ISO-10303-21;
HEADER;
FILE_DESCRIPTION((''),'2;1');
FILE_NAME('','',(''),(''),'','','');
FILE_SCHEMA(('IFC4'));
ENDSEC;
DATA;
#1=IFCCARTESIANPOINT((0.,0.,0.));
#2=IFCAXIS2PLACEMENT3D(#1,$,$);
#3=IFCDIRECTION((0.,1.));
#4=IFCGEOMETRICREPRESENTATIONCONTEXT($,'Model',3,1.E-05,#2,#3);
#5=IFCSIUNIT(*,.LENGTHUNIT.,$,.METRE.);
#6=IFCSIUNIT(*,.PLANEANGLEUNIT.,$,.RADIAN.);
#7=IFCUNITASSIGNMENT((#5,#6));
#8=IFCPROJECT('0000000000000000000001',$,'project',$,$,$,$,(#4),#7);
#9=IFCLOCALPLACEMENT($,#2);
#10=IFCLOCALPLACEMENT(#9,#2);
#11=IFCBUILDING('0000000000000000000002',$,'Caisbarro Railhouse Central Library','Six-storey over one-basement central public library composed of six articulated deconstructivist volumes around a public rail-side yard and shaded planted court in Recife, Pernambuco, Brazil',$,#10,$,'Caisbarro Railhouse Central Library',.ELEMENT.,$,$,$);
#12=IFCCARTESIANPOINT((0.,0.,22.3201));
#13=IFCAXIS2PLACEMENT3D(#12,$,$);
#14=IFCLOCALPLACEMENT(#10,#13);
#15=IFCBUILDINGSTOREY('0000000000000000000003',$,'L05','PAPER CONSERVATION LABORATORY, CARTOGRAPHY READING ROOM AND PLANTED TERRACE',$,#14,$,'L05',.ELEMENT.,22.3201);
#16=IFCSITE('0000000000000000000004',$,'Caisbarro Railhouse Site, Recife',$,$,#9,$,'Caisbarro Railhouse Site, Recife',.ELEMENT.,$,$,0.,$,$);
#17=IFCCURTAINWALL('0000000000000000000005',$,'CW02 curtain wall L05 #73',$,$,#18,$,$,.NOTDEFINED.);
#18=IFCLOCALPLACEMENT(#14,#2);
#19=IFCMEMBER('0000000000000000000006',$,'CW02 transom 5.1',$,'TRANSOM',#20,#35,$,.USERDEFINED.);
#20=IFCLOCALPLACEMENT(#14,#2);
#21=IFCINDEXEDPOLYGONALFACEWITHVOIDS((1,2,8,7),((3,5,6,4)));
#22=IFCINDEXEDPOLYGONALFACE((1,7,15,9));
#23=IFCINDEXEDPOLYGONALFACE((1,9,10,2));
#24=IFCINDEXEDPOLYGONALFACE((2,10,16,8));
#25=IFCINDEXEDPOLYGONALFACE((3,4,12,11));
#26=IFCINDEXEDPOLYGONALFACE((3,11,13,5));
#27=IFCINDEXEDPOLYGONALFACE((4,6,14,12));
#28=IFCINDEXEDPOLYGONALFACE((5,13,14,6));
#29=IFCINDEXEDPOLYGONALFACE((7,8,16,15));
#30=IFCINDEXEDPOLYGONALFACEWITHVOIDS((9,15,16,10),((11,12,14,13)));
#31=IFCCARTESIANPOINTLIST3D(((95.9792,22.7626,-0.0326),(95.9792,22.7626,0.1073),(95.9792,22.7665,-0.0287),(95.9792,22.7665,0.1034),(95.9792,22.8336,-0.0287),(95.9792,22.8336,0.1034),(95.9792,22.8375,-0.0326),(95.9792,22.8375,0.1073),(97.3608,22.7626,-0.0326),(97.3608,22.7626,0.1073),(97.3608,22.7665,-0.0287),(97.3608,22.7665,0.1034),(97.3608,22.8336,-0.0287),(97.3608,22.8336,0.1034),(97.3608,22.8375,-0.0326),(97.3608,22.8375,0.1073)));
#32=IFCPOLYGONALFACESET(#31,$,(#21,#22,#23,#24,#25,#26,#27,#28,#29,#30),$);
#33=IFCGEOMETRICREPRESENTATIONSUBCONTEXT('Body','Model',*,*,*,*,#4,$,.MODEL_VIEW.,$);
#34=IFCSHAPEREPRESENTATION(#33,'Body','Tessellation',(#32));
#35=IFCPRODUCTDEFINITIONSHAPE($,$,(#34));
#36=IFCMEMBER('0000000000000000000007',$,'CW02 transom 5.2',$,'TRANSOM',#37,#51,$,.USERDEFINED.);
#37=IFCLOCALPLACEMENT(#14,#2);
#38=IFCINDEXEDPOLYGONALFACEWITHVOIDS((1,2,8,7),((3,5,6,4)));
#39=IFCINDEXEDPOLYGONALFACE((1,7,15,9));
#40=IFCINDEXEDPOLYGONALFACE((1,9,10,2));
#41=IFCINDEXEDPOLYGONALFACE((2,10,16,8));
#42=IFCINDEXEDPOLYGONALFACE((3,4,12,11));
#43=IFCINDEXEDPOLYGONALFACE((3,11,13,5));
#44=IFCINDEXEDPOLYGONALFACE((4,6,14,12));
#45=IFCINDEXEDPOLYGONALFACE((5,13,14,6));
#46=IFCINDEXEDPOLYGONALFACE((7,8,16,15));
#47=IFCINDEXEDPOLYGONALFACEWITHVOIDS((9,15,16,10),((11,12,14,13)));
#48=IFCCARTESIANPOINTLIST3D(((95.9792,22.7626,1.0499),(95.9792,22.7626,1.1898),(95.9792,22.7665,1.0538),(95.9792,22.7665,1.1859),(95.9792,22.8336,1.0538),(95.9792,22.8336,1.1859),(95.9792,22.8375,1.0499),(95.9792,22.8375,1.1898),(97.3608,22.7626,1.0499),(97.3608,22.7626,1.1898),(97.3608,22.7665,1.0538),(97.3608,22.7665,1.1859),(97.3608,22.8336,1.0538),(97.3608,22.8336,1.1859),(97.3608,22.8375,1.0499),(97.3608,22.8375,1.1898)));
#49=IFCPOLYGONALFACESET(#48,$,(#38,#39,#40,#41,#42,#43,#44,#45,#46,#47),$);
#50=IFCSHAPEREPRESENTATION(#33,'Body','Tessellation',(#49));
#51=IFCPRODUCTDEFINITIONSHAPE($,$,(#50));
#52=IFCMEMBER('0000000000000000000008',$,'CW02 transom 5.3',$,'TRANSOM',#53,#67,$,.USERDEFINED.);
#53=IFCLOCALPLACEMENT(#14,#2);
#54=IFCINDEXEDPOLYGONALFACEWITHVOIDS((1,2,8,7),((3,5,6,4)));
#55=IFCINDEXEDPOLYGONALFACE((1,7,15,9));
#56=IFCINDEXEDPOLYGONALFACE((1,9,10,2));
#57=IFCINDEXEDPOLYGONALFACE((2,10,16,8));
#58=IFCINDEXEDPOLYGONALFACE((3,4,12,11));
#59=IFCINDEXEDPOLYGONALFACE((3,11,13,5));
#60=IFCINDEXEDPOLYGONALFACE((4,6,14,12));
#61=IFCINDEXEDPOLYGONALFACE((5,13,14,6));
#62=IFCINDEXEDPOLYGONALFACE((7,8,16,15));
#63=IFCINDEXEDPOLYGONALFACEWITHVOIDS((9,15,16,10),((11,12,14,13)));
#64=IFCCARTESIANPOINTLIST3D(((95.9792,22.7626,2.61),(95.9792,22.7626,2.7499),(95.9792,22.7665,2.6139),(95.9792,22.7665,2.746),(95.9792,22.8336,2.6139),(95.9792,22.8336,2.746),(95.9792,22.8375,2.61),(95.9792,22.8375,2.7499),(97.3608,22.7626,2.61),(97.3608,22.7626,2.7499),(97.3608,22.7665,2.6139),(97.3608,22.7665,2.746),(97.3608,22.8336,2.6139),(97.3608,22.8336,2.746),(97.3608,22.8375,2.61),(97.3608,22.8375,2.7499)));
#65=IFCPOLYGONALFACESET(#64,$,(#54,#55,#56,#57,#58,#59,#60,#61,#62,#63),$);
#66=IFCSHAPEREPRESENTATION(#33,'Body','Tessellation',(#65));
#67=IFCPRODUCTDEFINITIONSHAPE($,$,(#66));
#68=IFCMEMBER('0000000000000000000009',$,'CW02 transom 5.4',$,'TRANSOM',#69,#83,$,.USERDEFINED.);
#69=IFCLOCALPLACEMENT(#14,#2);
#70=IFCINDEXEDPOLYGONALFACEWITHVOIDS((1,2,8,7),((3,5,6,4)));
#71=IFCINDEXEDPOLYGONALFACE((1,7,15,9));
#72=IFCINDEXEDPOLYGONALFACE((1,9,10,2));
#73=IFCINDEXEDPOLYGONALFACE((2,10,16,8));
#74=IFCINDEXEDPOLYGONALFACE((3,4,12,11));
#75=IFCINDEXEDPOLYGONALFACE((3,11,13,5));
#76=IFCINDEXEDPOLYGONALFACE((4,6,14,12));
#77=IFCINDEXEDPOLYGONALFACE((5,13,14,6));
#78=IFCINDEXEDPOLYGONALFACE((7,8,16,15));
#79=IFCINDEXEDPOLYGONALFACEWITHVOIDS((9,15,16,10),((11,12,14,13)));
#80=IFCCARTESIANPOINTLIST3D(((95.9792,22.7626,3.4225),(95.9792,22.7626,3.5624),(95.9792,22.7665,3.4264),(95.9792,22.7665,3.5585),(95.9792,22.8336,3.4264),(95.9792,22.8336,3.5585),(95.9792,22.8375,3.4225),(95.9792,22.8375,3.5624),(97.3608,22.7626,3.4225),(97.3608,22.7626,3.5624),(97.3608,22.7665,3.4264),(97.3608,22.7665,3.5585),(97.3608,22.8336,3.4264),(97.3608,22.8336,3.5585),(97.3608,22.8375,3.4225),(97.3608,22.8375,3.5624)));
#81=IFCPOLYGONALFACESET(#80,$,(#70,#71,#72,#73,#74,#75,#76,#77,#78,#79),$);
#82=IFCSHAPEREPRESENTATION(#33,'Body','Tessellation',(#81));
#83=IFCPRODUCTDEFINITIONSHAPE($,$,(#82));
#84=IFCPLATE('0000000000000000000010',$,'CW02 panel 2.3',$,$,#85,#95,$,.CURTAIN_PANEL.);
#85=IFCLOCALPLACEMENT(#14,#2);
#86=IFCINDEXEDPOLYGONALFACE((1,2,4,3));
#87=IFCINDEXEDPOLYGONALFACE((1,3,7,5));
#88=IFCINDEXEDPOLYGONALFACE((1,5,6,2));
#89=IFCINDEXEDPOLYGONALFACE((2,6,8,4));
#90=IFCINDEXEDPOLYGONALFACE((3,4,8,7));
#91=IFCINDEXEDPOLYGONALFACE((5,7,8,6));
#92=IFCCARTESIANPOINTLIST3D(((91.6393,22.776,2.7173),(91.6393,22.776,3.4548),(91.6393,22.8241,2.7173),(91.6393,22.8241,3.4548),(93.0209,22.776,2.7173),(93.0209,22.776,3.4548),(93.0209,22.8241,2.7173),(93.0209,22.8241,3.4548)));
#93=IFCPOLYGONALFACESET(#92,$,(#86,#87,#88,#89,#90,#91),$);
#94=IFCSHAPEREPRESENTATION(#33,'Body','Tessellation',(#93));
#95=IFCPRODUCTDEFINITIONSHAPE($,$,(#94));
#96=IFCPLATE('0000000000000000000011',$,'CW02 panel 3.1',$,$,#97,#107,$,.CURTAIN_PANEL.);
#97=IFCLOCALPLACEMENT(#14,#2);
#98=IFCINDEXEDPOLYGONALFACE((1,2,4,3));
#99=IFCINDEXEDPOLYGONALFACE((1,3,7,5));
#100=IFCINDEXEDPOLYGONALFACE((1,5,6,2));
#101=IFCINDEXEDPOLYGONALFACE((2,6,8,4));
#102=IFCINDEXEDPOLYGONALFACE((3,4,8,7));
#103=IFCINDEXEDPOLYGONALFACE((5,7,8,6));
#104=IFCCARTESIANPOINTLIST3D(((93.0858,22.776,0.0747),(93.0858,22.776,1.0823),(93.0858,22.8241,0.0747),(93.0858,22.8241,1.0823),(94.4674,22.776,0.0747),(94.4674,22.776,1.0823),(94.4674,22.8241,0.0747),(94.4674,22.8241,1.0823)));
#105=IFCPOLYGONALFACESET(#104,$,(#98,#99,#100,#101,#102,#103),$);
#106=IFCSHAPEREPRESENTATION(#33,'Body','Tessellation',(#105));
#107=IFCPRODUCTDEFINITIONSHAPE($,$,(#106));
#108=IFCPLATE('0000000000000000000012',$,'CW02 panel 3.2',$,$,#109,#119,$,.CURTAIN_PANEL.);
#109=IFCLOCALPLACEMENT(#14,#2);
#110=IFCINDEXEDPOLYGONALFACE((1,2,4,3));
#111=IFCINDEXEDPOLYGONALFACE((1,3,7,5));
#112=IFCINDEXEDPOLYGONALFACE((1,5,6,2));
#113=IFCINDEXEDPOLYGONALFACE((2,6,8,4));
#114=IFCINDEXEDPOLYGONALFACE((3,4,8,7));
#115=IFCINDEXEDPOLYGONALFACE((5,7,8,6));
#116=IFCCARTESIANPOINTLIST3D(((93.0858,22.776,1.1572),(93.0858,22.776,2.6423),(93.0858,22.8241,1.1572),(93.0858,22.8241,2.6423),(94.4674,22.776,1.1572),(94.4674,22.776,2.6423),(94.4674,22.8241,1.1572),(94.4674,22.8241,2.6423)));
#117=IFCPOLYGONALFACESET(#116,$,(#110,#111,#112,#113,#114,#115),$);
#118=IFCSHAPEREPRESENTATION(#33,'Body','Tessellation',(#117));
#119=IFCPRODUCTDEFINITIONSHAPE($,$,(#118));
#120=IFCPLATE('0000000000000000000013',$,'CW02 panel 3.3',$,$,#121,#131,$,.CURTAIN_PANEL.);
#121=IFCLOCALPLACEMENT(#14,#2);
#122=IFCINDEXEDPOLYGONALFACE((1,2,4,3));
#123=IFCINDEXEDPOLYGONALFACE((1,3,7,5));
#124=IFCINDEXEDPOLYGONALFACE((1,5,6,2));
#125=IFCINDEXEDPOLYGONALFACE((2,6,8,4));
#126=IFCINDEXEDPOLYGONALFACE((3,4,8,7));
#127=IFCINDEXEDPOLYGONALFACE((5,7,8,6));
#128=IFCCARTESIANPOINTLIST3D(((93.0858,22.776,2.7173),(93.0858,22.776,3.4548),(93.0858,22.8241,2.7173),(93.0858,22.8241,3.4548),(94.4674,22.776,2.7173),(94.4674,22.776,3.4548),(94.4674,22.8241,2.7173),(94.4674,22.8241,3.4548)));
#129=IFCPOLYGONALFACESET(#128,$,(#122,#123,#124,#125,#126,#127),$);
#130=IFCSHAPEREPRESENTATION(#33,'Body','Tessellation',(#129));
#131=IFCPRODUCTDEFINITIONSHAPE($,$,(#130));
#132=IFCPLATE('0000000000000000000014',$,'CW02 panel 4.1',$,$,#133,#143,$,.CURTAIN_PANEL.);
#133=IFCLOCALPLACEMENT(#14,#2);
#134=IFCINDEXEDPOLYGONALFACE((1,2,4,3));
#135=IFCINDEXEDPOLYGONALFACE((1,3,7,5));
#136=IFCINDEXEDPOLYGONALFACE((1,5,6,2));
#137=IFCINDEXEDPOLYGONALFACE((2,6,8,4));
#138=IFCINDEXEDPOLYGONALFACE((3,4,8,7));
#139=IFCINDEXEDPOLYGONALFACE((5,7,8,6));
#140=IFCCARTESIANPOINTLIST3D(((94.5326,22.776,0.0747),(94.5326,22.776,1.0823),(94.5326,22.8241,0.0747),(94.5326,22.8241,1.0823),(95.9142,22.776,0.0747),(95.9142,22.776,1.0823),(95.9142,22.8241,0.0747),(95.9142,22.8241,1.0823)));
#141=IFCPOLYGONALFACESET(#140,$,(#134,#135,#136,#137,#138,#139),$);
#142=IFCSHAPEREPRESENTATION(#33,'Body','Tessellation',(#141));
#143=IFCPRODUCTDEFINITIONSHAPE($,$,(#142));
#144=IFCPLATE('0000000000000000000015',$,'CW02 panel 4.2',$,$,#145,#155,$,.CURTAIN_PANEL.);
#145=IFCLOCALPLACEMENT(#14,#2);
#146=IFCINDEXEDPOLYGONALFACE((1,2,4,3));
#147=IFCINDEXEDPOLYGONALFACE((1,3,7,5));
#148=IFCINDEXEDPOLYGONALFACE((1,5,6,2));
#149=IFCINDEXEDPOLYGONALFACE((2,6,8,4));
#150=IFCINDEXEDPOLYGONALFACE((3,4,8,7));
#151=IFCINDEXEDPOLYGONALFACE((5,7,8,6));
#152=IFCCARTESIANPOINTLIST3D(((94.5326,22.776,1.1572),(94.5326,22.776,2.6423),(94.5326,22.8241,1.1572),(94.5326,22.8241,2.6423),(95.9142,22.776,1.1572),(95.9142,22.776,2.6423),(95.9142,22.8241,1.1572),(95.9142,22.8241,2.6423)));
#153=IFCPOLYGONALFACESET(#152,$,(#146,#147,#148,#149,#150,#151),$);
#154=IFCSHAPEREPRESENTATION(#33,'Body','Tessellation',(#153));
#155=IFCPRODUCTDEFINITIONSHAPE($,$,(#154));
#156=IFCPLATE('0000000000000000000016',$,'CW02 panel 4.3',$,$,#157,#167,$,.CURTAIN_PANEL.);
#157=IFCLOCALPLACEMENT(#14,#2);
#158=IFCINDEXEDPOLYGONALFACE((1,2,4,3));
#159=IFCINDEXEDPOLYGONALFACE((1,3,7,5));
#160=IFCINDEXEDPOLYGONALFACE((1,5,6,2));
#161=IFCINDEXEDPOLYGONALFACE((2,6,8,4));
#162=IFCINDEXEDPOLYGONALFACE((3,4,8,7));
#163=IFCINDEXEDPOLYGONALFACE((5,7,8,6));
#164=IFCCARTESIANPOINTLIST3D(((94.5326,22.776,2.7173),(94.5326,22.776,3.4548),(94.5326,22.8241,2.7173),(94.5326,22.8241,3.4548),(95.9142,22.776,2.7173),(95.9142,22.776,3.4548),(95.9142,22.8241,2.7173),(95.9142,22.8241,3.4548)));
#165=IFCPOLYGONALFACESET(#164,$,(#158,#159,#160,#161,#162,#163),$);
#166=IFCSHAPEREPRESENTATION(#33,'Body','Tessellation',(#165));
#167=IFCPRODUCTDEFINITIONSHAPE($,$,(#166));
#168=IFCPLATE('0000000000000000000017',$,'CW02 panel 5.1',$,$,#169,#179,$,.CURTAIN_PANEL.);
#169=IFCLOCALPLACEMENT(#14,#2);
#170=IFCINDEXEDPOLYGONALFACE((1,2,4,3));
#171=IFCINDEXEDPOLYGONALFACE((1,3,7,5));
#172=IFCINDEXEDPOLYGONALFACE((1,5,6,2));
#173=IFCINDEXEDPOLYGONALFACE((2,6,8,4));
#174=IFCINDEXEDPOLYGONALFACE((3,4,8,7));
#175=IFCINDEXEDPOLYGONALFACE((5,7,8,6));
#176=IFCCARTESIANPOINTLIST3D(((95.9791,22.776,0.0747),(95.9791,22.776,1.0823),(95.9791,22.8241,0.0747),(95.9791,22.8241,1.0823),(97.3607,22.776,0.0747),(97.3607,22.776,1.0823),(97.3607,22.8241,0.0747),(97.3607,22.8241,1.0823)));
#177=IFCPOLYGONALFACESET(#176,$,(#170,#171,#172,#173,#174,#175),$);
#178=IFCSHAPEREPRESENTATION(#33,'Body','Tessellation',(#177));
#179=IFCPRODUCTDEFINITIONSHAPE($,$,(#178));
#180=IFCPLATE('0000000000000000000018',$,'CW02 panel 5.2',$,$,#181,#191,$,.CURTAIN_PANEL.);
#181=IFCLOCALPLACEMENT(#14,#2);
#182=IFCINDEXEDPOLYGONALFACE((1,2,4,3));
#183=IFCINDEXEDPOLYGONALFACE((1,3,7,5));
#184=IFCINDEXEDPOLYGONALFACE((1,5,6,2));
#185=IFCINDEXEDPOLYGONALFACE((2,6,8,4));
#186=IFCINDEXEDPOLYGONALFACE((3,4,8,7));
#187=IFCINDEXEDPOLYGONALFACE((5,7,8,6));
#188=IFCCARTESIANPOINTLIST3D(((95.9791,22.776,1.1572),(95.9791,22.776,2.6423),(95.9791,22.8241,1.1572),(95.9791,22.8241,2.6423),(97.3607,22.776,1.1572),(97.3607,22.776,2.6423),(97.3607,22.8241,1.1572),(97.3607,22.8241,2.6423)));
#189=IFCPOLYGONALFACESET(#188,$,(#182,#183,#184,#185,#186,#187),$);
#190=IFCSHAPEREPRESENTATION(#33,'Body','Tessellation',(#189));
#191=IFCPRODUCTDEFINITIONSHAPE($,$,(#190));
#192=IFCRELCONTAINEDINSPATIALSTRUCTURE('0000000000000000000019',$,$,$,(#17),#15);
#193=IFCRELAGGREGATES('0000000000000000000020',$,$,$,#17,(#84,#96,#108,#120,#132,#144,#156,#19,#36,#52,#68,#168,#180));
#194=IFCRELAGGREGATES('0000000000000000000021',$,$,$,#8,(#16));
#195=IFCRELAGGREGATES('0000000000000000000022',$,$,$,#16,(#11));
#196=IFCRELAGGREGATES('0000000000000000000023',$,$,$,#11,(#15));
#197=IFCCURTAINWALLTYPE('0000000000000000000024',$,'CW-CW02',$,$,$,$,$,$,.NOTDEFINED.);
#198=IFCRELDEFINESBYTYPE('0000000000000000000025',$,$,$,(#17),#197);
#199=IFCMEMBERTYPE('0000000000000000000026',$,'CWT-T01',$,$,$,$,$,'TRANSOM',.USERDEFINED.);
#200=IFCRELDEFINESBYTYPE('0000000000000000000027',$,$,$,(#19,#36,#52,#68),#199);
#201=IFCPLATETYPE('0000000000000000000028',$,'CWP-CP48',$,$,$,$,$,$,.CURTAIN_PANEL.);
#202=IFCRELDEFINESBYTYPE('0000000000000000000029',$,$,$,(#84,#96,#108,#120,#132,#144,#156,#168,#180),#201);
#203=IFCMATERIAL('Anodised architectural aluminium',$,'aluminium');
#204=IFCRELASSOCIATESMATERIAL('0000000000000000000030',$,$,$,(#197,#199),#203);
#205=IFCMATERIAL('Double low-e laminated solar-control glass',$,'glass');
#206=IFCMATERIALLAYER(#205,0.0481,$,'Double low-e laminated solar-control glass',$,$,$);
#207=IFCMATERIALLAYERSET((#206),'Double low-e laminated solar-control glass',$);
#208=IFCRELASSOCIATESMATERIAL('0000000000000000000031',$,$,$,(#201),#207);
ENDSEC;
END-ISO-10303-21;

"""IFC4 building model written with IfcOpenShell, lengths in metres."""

from ifc_helpers import new_model, si_unit, direction, frame, origin, origin_2d, place, context, subcontext, project, spatial, rectangle, hollow_rectangle, extrude, material, layer, layer_set, material_profile, profile_set, type_object, element, aggregate, save


model = new_model("IFC4")

# Units and contexts
model_context = context("Model", 3, precision=1e-05, world=origin(), true_north=direction((0.0, 1.0)))
body_context = subcontext(model_context, "Body", "Model", "MODEL_VIEW")
ifc_project = project(units=[si_unit("LENGTHUNIT", "METRE"), si_unit("PLANEANGLEUNIT", "RADIAN")], contexts=[model_context])

# Site, building, storey
site_placement = place(None, origin())
site = spatial("IfcSite", under=ifc_project, at=site_placement, Name="Caisbarro Railhouse Site, Recife", LongName="Caisbarro Railhouse Site, Recife", CompositionType="ELEMENT", RefElevation=0.0)
building_placement = place(site_placement, origin())
building = spatial("IfcBuilding", under=site, at=building_placement, Name="Caisbarro Railhouse Central Library", Description="Six-storey over one-basement central public library composed of six articulated deconstructivist volumes around a public rail-side yard and shaded planted court in Recife, Pernambuco, Brazil", LongName="Caisbarro Railhouse Central Library", CompositionType="ELEMENT")
storey_placement = place(building_placement, frame((0.0, 0.0, 22.3201)))
storey = spatial("IfcBuildingStorey", under=building, at=storey_placement, Name="L05", Description="PAPER CONSERVATION LABORATORY, CARTOGRAPHY READING ROOM AND PLANTED TERRACE", LongName="L05", CompositionType="ELEMENT", Elevation=22.3201)

# Curtain wall, members, plates
ifc_material_1 = material(Name="Anodised architectural aluminium", Category="aluminium")
curtain_wall_type = type_object("IfcCurtainWallType", Name="CW-CW02", PredefinedType="NOTDEFINED", material=ifc_material_1)
curtain_wall_placement = place(storey_placement, origin())
curtain_wall = element("IfcCurtainWall", 1, at=curtain_wall_placement, inside=storey, type_object=curtain_wall_type, Name="CW02 curtain wall L05 #73", PredefinedType="NOTDEFINED")
ifc_material_profile_1 = material_profile(ifc_material_1, hollow_rectangle(XDim=0.075, YDim=0.1399, WallThickness=0.0039, at=origin_2d()), Name="ALU-TRN-75X140")
ifc_profile_set_1 = profile_set([ifc_material_profile_1], Name="Anodised architectural aluminium")
member_type_1 = type_object("IfcMemberType", Name="CWT-T01", ElementType="TRANSOM", PredefinedType="USERDEFINED", material=ifc_profile_set_1)
member_1_placement = place(storey_placement, frame((95.9792, 22.8, 0.0374), z_axis=(1.0, 0.0, 0.0), x_axis=(0.0, 1.0, 0.0)))
member_1 = element("IfcMember", 2, at=member_1_placement, type_object=member_type_1, Name="CW02 transom 5.1", ObjectType="TRANSOM", PredefinedType="USERDEFINED", context=body_context, shape_type="SweptSolid", body=[
    extrude(hollow_rectangle(XDim=0.075, YDim=0.1399, WallThickness=0.0039, at=origin_2d()), origin(), (0.0, 0.0, 1.0), 1.3816),
])
member_2_placement = place(storey_placement, frame((95.9792, 22.8, 1.1199), z_axis=(1.0, 0.0, 0.0), x_axis=(0.0, 1.0, 0.0)))
member_2 = element("IfcMember", 3, at=member_2_placement, type_object=member_type_1, Name="CW02 transom 5.2", ObjectType="TRANSOM", PredefinedType="USERDEFINED", context=body_context, shape_type="SweptSolid", body=[
    extrude(hollow_rectangle(XDim=0.075, YDim=0.1399, WallThickness=0.0039, at=origin_2d()), origin(), (0.0, 0.0, 1.0), 1.3816),
])
member_3_placement = place(storey_placement, frame((95.9792, 22.8, 2.6799), z_axis=(1.0, 0.0, 0.0), x_axis=(0.0, 1.0, 0.0)))
member_3 = element("IfcMember", 4, at=member_3_placement, type_object=member_type_1, Name="CW02 transom 5.3", ObjectType="TRANSOM", PredefinedType="USERDEFINED", context=body_context, shape_type="SweptSolid", body=[
    extrude(hollow_rectangle(XDim=0.075, YDim=0.1399, WallThickness=0.0039, at=origin_2d()), origin(), (0.0, 0.0, 1.0), 1.3816),
])
member_4_placement = place(storey_placement, frame((95.9792, 22.8, 3.4924), z_axis=(1.0, 0.0, 0.0), x_axis=(0.0, 1.0, 0.0)))
member_4 = element("IfcMember", 5, at=member_4_placement, type_object=member_type_1, Name="CW02 transom 5.4", ObjectType="TRANSOM", PredefinedType="USERDEFINED", context=body_context, shape_type="SweptSolid", body=[
    extrude(hollow_rectangle(XDim=0.075, YDim=0.1399, WallThickness=0.0039, at=origin_2d()), origin(), (0.0, 0.0, 1.0), 1.3816),
])
ifc_material_2 = material(Name="Double low-e laminated solar-control glass", Category="glass")
ifc_layer_1 = layer(ifc_material_2, 0.0481, Name="Double low-e laminated solar-control glass")
ifc_layer_set_1 = layer_set([ifc_layer_1], Name="Double low-e laminated solar-control glass")
plate_type = type_object("IfcPlateType", Name="CWP-CP48", PredefinedType="CURTAIN_PANEL", material=ifc_layer_set_1)
plate_1_placement = place(storey_placement, frame((92.3301, 22.8, 2.7173), z_axis=(0.0, 0.0, 1.0), x_axis=(1.0, 0.0, 0.0)))
plate_1 = element("IfcPlate", 6, at=plate_1_placement, type_object=plate_type, Name="CW02 panel 2.3", PredefinedType="CURTAIN_PANEL", context=body_context, shape_type="SweptSolid", body=[
    extrude(rectangle(XDim=1.3816, YDim=0.0481, at=origin_2d()), origin(), (0.0, 0.0, 1.0), 0.7375),
])
plate_2_placement = place(storey_placement, frame((93.7766, 22.8, 0.0747), z_axis=(0.0, 0.0, 1.0), x_axis=(1.0, 0.0, 0.0)))
plate_2 = element("IfcPlate", 7, at=plate_2_placement, type_object=plate_type, Name="CW02 panel 3.1", PredefinedType="CURTAIN_PANEL", context=body_context, shape_type="SweptSolid", body=[
    extrude(rectangle(XDim=1.3816, YDim=0.0481, at=origin_2d()), origin(), (0.0, 0.0, 1.0), 1.0076),
])
plate_3_placement = place(storey_placement, frame((93.7766, 22.8, 1.1572), z_axis=(0.0, 0.0, 1.0), x_axis=(1.0, 0.0, 0.0)))
plate_3 = element("IfcPlate", 8, at=plate_3_placement, type_object=plate_type, Name="CW02 panel 3.2", PredefinedType="CURTAIN_PANEL", context=body_context, shape_type="SweptSolid", body=[
    extrude(rectangle(XDim=1.3816, YDim=0.0481, at=origin_2d()), origin(), (0.0, 0.0, 1.0), 1.4851),
])
plate_4_placement = place(storey_placement, frame((93.7766, 22.8, 2.7173), z_axis=(0.0, 0.0, 1.0), x_axis=(1.0, 0.0, 0.0)))
plate_4 = element("IfcPlate", 9, at=plate_4_placement, type_object=plate_type, Name="CW02 panel 3.3", PredefinedType="CURTAIN_PANEL", context=body_context, shape_type="SweptSolid", body=[
    extrude(rectangle(XDim=1.3816, YDim=0.0481, at=origin_2d()), origin(), (0.0, 0.0, 1.0), 0.7375),
])
plate_5_placement = place(storey_placement, frame((95.2234, 22.8, 0.0747), z_axis=(0.0, 0.0, 1.0), x_axis=(1.0, 0.0, 0.0)))
plate_5 = element("IfcPlate", 10, at=plate_5_placement, type_object=plate_type, Name="CW02 panel 4.1", PredefinedType="CURTAIN_PANEL", context=body_context, shape_type="SweptSolid", body=[
    extrude(rectangle(XDim=1.3816, YDim=0.0481, at=origin_2d()), origin(), (0.0, 0.0, 1.0), 1.0076),
])
plate_6_placement = place(storey_placement, frame((95.2234, 22.8, 1.1572), z_axis=(0.0, 0.0, 1.0), x_axis=(1.0, 0.0, 0.0)))
plate_6 = element("IfcPlate", 11, at=plate_6_placement, type_object=plate_type, Name="CW02 panel 4.2", PredefinedType="CURTAIN_PANEL", context=body_context, shape_type="SweptSolid", body=[
    extrude(rectangle(XDim=1.3816, YDim=0.0481, at=origin_2d()), origin(), (0.0, 0.0, 1.0), 1.4851),
])
plate_7_placement = place(storey_placement, frame((95.2234, 22.8, 2.7173), z_axis=(0.0, 0.0, 1.0), x_axis=(1.0, 0.0, 0.0)))
plate_7 = element("IfcPlate", 12, at=plate_7_placement, type_object=plate_type, Name="CW02 panel 4.3", PredefinedType="CURTAIN_PANEL", context=body_context, shape_type="SweptSolid", body=[
    extrude(rectangle(XDim=1.3816, YDim=0.0481, at=origin_2d()), origin(), (0.0, 0.0, 1.0), 0.7375),
])
plate_8_placement = place(storey_placement, frame((96.6699, 22.8, 0.0747), z_axis=(0.0, 0.0, 1.0), x_axis=(1.0, 0.0, 0.0)))
plate_8 = element("IfcPlate", 13, at=plate_8_placement, type_object=plate_type, Name="CW02 panel 5.1", PredefinedType="CURTAIN_PANEL", context=body_context, shape_type="SweptSolid", body=[
    extrude(rectangle(XDim=1.3816, YDim=0.0481, at=origin_2d()), origin(), (0.0, 0.0, 1.0), 1.0076),
])
plate_9_placement = place(storey_placement, frame((96.6699, 22.8, 1.1572), z_axis=(0.0, 0.0, 1.0), x_axis=(1.0, 0.0, 0.0)))
plate_9 = element("IfcPlate", 14, at=plate_9_placement, type_object=plate_type, Name="CW02 panel 5.2", PredefinedType="CURTAIN_PANEL", context=body_context, shape_type="SweptSolid", body=[
    extrude(rectangle(XDim=1.3816, YDim=0.0481, at=origin_2d()), origin(), (0.0, 0.0, 1.0), 1.4851),
])
aggregate(curtain_wall, [plate_1, plate_2, plate_3, plate_4, plate_5, plate_6, plate_7, member_1, member_2, member_3, member_4, plate_8, plate_9])

save(model, "model.ifc")
